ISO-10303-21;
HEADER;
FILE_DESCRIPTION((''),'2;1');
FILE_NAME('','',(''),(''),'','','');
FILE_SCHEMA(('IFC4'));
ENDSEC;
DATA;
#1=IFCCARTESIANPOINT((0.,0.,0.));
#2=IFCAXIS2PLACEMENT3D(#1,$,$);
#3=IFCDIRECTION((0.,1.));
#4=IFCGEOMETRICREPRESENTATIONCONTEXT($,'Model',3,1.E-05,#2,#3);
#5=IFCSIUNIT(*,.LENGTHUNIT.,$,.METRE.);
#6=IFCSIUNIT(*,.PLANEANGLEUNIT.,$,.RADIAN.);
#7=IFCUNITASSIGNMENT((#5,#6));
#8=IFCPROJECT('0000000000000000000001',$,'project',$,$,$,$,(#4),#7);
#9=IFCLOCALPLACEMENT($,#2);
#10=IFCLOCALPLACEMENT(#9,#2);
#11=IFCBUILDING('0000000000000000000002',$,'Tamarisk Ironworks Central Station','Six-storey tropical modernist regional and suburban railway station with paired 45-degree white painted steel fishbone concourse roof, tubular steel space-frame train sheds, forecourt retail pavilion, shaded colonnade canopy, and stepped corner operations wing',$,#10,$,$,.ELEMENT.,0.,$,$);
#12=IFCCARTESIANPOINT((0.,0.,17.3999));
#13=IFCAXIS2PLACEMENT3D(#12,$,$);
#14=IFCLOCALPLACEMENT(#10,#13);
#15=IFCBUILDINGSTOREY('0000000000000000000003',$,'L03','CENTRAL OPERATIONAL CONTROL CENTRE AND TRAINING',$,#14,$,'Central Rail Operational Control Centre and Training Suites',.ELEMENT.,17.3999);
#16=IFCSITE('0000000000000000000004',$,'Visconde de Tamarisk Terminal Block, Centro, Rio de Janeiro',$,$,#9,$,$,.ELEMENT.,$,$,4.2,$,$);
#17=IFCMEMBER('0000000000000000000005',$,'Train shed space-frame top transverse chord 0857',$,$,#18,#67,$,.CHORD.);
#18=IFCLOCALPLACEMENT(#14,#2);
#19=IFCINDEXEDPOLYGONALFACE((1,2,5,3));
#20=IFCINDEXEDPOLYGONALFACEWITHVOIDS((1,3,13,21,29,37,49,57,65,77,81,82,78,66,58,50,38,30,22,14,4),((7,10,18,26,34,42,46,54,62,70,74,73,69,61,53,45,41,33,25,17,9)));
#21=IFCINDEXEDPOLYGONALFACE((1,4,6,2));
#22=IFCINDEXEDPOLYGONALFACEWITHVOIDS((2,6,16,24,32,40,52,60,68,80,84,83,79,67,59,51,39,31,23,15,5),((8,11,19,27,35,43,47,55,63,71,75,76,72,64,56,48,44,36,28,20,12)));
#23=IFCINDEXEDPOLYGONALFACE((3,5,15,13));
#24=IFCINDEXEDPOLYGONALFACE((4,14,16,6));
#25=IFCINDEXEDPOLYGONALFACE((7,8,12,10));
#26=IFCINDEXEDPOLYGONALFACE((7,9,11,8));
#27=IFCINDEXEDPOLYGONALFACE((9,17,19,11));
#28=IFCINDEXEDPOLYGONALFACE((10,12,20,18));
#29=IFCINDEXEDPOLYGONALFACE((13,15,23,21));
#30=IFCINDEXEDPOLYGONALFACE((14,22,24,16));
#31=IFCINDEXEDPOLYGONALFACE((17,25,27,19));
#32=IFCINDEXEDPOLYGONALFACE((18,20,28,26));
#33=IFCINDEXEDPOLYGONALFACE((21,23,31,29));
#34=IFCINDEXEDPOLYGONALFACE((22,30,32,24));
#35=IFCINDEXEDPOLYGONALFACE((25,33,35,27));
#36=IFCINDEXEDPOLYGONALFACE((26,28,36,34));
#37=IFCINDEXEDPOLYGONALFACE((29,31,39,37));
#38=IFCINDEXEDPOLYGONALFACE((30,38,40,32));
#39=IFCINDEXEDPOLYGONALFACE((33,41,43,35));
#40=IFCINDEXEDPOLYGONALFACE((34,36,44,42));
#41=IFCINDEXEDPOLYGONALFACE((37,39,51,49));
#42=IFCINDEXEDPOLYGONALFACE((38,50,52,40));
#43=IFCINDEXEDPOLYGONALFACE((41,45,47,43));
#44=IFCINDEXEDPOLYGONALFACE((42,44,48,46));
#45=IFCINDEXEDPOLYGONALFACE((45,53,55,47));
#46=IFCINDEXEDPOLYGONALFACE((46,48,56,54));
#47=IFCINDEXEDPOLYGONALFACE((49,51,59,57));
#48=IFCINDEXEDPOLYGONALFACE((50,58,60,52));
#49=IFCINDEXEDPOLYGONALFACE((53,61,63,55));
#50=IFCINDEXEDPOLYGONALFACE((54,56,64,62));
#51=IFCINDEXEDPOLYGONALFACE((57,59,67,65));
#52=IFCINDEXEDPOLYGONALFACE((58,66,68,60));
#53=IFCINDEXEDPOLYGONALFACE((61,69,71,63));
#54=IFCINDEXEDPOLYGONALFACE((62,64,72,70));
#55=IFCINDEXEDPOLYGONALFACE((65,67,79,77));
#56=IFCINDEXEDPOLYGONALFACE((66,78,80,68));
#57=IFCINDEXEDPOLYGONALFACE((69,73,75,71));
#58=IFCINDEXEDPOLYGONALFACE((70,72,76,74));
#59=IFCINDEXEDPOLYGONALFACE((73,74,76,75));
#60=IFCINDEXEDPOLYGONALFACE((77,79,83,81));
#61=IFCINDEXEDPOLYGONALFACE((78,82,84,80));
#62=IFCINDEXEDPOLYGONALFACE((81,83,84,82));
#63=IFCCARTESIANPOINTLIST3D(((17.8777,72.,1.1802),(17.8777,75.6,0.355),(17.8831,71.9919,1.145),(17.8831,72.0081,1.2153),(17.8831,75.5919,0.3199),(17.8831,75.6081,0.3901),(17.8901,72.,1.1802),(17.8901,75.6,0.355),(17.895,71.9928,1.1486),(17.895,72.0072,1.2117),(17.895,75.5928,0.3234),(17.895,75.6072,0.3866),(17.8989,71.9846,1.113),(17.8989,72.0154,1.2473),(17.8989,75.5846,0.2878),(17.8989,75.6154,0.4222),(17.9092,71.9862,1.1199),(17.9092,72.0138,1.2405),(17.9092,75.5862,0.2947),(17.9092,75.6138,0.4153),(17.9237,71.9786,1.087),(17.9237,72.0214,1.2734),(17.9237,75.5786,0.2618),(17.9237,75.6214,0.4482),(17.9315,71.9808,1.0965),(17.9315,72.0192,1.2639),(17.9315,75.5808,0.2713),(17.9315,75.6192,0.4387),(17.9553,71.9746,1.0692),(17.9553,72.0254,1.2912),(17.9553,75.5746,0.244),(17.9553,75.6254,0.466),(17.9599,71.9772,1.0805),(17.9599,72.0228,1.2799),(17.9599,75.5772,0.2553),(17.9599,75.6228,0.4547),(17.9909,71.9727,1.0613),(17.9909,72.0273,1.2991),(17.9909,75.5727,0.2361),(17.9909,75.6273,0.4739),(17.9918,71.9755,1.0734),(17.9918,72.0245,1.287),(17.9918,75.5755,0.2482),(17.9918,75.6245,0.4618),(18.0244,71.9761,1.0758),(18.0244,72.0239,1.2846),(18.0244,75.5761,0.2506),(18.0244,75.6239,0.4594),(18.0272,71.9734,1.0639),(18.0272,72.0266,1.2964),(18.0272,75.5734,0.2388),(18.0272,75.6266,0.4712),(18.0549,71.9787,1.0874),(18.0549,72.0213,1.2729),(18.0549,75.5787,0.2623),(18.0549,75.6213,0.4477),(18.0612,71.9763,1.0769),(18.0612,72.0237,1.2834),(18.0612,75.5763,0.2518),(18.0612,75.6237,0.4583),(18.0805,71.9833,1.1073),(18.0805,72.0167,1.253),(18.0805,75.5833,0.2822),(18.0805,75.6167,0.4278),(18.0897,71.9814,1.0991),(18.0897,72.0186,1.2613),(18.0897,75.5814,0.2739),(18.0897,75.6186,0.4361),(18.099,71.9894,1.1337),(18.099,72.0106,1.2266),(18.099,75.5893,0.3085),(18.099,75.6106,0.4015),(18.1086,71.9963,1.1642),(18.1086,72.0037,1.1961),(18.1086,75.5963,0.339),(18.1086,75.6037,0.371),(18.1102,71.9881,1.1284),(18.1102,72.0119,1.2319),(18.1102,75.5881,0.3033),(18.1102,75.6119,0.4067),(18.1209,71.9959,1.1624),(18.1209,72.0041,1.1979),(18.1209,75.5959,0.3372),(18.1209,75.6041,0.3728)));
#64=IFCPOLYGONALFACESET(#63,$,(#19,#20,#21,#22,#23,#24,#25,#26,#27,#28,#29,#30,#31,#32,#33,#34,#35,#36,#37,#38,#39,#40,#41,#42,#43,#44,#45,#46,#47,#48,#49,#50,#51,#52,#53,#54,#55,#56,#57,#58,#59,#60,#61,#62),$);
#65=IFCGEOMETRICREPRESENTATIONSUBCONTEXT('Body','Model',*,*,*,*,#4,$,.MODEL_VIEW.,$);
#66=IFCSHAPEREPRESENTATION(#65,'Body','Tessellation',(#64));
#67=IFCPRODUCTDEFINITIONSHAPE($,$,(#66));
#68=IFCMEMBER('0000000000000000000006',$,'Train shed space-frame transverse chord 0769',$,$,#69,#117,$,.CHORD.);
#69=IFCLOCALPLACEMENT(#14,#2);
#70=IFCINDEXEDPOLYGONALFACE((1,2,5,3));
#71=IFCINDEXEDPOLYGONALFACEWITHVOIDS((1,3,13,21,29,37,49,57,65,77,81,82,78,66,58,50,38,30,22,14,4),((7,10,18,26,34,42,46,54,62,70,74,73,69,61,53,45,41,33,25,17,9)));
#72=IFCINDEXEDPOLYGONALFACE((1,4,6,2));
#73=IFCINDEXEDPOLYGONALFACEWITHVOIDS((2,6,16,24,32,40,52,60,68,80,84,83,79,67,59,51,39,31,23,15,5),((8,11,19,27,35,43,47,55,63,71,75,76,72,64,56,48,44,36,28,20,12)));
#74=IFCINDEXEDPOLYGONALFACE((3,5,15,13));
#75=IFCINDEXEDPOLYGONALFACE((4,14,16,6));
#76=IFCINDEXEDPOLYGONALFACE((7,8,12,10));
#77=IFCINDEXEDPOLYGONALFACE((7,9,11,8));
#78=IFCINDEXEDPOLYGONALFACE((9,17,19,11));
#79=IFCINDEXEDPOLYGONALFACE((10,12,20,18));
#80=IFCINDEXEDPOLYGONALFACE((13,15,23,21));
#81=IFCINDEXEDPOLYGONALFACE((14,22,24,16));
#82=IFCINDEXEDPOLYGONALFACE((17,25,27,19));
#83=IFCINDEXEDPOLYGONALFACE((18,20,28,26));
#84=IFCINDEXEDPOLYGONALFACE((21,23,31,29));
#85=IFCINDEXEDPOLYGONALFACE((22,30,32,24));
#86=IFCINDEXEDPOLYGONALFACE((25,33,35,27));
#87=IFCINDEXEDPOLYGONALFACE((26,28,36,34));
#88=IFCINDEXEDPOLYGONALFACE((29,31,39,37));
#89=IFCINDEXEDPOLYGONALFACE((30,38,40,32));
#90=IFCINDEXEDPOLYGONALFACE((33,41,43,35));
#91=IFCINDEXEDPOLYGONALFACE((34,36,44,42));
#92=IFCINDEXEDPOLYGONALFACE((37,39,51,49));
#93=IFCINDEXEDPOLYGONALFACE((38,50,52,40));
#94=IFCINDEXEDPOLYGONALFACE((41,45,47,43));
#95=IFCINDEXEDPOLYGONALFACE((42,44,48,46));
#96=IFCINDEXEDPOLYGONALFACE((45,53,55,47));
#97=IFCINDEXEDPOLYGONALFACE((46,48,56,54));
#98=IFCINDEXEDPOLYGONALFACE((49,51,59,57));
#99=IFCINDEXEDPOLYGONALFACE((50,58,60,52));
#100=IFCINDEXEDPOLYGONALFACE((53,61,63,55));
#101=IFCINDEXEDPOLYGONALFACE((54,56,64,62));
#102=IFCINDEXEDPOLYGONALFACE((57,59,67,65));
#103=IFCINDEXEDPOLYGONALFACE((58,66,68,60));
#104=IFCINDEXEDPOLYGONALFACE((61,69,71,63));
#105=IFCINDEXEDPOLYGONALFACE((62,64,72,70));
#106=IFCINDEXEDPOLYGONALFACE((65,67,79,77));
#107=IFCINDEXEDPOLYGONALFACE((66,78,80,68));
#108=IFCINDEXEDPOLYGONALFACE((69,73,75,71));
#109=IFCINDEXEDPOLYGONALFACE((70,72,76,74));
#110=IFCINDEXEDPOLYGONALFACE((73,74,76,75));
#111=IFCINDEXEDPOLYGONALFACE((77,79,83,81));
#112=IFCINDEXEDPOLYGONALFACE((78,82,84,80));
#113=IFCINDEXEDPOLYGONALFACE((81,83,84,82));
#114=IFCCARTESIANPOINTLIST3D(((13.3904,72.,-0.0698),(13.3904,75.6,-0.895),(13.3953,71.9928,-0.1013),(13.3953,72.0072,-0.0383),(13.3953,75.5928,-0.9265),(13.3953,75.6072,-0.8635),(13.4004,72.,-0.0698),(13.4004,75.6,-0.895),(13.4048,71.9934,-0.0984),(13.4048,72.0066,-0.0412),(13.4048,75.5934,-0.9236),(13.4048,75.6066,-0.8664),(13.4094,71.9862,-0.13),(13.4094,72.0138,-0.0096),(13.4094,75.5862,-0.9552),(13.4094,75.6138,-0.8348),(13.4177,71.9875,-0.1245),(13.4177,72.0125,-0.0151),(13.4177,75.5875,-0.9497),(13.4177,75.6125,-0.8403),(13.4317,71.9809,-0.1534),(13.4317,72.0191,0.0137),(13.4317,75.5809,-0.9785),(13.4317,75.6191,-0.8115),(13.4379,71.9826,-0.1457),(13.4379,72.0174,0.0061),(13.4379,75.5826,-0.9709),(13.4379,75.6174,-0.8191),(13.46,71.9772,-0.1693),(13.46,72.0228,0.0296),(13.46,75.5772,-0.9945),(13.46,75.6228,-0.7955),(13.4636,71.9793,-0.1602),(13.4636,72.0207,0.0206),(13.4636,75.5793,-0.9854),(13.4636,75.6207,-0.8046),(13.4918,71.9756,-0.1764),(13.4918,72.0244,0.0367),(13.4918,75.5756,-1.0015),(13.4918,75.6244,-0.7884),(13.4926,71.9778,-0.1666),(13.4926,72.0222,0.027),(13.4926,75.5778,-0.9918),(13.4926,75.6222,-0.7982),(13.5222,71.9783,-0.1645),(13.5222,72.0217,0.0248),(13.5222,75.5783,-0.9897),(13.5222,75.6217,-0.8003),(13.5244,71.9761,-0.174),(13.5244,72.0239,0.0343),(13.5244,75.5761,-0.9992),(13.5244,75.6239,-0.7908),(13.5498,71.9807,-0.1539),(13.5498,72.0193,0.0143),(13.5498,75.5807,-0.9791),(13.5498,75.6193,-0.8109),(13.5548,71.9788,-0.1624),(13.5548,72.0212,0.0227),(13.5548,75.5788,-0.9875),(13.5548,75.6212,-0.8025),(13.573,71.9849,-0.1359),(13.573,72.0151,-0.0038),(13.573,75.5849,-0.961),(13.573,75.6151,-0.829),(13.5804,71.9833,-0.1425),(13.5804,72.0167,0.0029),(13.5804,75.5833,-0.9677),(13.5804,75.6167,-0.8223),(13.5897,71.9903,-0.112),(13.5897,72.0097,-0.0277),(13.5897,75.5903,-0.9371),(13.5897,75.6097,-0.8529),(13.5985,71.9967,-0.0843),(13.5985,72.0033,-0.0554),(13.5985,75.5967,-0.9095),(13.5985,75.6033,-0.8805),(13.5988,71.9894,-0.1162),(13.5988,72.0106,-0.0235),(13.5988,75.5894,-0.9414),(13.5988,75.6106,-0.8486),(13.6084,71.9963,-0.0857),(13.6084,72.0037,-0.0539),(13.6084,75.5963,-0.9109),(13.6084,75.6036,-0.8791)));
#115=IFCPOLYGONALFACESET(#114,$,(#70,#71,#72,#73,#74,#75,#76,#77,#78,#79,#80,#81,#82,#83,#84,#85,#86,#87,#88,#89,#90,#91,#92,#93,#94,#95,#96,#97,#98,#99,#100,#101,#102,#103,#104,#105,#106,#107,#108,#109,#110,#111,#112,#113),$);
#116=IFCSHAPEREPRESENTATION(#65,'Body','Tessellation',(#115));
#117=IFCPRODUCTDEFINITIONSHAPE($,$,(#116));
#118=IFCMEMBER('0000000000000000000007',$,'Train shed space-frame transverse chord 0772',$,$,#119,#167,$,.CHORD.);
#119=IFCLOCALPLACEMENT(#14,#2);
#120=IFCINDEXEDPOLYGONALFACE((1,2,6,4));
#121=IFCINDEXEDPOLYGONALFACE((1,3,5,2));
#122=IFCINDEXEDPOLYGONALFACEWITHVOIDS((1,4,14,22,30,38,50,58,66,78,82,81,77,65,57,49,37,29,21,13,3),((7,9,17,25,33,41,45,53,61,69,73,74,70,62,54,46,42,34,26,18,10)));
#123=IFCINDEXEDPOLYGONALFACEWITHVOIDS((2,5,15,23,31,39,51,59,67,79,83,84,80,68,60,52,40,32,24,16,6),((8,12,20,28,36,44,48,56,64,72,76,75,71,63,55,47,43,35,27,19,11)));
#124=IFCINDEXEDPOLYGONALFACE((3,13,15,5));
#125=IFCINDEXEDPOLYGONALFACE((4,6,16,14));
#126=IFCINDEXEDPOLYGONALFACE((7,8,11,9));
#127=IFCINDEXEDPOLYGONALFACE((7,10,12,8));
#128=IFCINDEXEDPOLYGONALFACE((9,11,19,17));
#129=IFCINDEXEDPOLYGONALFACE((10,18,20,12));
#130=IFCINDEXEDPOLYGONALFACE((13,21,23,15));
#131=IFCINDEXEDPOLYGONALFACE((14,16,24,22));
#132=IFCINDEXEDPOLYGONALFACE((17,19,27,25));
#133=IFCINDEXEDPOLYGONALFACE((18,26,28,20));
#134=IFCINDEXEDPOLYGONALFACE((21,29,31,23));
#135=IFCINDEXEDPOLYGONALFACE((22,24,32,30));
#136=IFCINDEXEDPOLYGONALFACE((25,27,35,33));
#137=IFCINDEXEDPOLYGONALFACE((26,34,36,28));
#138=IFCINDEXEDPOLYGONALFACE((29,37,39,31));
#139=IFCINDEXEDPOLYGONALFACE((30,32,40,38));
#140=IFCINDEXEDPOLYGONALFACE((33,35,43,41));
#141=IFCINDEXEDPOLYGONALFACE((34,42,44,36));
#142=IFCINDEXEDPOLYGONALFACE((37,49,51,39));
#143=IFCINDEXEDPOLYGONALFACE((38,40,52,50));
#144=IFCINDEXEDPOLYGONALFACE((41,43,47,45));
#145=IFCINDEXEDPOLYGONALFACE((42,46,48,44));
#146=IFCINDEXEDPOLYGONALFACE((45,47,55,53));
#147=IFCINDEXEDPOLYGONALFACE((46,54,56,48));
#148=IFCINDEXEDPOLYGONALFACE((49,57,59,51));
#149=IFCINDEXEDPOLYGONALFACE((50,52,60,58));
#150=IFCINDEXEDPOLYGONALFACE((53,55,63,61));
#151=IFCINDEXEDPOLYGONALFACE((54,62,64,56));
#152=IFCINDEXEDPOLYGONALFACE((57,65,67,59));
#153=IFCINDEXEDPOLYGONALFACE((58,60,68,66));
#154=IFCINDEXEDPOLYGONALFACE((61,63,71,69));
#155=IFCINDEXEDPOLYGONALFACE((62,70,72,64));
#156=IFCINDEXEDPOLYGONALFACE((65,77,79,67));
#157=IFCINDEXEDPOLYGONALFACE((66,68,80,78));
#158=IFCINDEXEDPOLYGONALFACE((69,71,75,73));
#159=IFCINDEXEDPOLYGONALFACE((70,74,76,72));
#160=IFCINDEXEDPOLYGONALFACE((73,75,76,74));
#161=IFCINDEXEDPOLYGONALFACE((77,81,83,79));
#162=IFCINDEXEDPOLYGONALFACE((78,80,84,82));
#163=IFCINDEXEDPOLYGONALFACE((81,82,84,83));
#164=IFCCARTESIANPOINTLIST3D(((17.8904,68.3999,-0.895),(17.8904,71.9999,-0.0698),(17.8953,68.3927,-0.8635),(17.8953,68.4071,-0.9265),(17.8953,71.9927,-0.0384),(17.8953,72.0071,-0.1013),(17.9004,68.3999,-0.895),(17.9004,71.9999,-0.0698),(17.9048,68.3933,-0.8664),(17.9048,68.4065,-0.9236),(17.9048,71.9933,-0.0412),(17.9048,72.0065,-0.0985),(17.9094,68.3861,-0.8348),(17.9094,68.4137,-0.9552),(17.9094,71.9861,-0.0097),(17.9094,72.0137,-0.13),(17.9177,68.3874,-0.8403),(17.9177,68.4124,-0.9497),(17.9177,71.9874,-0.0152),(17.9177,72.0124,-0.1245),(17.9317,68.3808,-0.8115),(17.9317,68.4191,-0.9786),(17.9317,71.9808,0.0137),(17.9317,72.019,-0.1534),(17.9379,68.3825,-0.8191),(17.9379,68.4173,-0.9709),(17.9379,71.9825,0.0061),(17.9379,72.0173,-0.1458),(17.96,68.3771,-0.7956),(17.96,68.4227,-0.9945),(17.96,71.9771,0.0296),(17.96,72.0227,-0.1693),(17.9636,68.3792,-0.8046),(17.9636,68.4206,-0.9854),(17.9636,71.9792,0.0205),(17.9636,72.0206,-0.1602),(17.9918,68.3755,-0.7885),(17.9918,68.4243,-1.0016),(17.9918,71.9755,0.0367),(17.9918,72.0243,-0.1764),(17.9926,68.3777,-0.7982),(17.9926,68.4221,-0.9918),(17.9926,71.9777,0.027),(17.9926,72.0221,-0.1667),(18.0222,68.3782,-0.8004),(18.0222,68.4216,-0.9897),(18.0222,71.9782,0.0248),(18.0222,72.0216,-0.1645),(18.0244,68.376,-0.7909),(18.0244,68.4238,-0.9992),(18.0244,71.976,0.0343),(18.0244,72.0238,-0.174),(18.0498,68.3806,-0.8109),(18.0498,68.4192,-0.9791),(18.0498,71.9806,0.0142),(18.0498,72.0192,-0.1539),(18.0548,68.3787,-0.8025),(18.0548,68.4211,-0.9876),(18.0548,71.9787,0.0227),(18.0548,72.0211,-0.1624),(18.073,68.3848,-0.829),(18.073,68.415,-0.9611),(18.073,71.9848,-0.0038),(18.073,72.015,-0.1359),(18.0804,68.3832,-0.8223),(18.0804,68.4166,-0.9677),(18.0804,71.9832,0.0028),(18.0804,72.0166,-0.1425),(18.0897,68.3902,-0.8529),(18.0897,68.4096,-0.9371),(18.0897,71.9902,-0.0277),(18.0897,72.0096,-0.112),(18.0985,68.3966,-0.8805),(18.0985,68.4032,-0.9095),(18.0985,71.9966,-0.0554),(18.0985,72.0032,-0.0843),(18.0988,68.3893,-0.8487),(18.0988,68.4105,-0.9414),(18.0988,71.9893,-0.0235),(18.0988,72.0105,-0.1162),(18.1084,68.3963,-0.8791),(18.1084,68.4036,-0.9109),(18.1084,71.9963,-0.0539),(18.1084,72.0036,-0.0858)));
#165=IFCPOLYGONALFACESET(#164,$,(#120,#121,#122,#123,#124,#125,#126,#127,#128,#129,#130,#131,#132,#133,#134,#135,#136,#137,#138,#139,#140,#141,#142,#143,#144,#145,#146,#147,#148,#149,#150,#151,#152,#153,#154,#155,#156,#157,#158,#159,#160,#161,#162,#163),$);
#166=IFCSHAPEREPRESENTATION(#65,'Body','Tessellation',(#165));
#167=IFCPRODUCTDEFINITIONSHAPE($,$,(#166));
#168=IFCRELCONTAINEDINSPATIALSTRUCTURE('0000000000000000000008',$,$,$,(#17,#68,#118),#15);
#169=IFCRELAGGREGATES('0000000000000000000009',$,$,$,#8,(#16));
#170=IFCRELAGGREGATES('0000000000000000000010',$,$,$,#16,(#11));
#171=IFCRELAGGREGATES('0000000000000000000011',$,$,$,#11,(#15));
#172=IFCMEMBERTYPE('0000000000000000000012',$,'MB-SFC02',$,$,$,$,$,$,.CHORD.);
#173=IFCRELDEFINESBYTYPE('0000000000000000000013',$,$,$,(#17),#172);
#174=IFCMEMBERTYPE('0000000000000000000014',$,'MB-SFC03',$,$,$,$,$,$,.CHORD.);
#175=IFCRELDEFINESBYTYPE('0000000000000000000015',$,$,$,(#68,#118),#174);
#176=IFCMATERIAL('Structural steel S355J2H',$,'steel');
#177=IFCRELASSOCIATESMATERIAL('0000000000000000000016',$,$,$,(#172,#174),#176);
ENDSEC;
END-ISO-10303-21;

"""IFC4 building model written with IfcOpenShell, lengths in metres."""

from ifc_helpers import new_model, si_unit, direction, frame, origin, origin_2d, place, context, subcontext, project, spatial, hollow_circle, extrude, material, material_profile, profile_set, type_object, element, save


model = new_model("IFC4")

# Units and contexts
model_context = context("Model", 3, precision=1e-05, world=origin(), true_north=direction((0.0, 1.0)))
body_context = subcontext(model_context, "Body", "Model", "MODEL_VIEW")
ifc_project = project(units=[si_unit("LENGTHUNIT", "METRE"), si_unit("PLANEANGLEUNIT", "RADIAN")], contexts=[model_context])

# Site, building, storey
site_placement = place(None, origin())
site = spatial("IfcSite", under=ifc_project, at=site_placement, Name="Visconde de Tamarisk Terminal Block, Centro, Rio de Janeiro", CompositionType="ELEMENT", RefElevation=4.2)
building_placement = place(site_placement, origin())
building = spatial("IfcBuilding", under=site, at=building_placement, Name="Tamarisk Ironworks Central Station", Description="Six-storey tropical modernist regional and suburban railway station with paired 45-degree white painted steel fishbone concourse roof, tubular steel space-frame train sheds, forecourt retail pavilion, shaded colonnade canopy, and stepped corner operations wing", CompositionType="ELEMENT", ElevationOfRefHeight=0.0)
storey_placement = place(building_placement, frame((0.0, 0.0, 17.3999)))
storey = spatial("IfcBuildingStorey", under=building, at=storey_placement, Name="L03", Description="CENTRAL OPERATIONAL CONTROL CENTRE AND TRAINING", LongName="Central Rail Operational Control Centre and Training Suites", CompositionType="ELEMENT", Elevation=17.3999)

# Members
ifc_material = material(Name="Structural steel S355J2H", Category="steel")
ifc_material_profile_1 = material_profile(ifc_material, hollow_circle(Radius=0.1223, WallThickness=0.0125, at=origin_2d()), Name="CHS 244.5x12.5")
ifc_profile_set_1 = profile_set([ifc_material_profile_1], Name="Structural steel S355J2H")
member_type_1 = type_object("IfcMemberType", Name="MB-SFC02", PredefinedType="CHORD", material=ifc_profile_set_1)
for number, where, z_axis, x_axis, name in (
    (1, (18.0, 72.0, 1.1802), (0.0, 0.974722, -0.223421), (-1.0, 0.0, 0.0), "Train shed space-frame top transverse chord 0857"),
):
    element("IfcMember", number, at=place(storey_placement, frame(where, z_axis=z_axis, x_axis=x_axis)), inside=storey, type_object=member_type_1, Name=name, PredefinedType="CHORD", context=body_context, shape_type="SweptSolid", body=[
        extrude(hollow_circle(Radius=0.1223, WallThickness=0.0125, at=origin_2d()), origin(), (0.0, 0.0, 1.0), 3.6934),
    ])
ifc_material_profile_2 = material_profile(ifc_material, hollow_circle(Radius=0.1096, WallThickness=0.01, at=origin_2d()), Name="CHS 219.1x10")
ifc_profile_set_2 = profile_set([ifc_material_profile_2], Name="Structural steel S355J2H")
member_type_2 = type_object("IfcMemberType", Name="MB-SFC03", PredefinedType="CHORD", material=ifc_profile_set_2)
for number, where, z_axis, x_axis, name in (
    (2, (13.5, 72.0, -0.0698), (0.0, 0.974722, -0.223421), (-1.0, 0.0, 0.0), "Train shed space-frame transverse chord 0769"),
    (3, (18.0, 68.3999, -0.895), (0.0, 0.974722, 0.223421), (-1.0, 0.0, 0.0), "Train shed space-frame transverse chord 0772"),
):
    element("IfcMember", number, at=place(storey_placement, frame(where, z_axis=z_axis, x_axis=x_axis)), inside=storey, type_object=member_type_2, Name=name, PredefinedType="CHORD", context=body_context, shape_type="SweptSolid", body=[
        extrude(hollow_circle(Radius=0.1096, WallThickness=0.01, at=origin_2d()), origin(), (0.0, 0.0, 1.0), 3.6934),
    ])

save(model, "model.ifc")
